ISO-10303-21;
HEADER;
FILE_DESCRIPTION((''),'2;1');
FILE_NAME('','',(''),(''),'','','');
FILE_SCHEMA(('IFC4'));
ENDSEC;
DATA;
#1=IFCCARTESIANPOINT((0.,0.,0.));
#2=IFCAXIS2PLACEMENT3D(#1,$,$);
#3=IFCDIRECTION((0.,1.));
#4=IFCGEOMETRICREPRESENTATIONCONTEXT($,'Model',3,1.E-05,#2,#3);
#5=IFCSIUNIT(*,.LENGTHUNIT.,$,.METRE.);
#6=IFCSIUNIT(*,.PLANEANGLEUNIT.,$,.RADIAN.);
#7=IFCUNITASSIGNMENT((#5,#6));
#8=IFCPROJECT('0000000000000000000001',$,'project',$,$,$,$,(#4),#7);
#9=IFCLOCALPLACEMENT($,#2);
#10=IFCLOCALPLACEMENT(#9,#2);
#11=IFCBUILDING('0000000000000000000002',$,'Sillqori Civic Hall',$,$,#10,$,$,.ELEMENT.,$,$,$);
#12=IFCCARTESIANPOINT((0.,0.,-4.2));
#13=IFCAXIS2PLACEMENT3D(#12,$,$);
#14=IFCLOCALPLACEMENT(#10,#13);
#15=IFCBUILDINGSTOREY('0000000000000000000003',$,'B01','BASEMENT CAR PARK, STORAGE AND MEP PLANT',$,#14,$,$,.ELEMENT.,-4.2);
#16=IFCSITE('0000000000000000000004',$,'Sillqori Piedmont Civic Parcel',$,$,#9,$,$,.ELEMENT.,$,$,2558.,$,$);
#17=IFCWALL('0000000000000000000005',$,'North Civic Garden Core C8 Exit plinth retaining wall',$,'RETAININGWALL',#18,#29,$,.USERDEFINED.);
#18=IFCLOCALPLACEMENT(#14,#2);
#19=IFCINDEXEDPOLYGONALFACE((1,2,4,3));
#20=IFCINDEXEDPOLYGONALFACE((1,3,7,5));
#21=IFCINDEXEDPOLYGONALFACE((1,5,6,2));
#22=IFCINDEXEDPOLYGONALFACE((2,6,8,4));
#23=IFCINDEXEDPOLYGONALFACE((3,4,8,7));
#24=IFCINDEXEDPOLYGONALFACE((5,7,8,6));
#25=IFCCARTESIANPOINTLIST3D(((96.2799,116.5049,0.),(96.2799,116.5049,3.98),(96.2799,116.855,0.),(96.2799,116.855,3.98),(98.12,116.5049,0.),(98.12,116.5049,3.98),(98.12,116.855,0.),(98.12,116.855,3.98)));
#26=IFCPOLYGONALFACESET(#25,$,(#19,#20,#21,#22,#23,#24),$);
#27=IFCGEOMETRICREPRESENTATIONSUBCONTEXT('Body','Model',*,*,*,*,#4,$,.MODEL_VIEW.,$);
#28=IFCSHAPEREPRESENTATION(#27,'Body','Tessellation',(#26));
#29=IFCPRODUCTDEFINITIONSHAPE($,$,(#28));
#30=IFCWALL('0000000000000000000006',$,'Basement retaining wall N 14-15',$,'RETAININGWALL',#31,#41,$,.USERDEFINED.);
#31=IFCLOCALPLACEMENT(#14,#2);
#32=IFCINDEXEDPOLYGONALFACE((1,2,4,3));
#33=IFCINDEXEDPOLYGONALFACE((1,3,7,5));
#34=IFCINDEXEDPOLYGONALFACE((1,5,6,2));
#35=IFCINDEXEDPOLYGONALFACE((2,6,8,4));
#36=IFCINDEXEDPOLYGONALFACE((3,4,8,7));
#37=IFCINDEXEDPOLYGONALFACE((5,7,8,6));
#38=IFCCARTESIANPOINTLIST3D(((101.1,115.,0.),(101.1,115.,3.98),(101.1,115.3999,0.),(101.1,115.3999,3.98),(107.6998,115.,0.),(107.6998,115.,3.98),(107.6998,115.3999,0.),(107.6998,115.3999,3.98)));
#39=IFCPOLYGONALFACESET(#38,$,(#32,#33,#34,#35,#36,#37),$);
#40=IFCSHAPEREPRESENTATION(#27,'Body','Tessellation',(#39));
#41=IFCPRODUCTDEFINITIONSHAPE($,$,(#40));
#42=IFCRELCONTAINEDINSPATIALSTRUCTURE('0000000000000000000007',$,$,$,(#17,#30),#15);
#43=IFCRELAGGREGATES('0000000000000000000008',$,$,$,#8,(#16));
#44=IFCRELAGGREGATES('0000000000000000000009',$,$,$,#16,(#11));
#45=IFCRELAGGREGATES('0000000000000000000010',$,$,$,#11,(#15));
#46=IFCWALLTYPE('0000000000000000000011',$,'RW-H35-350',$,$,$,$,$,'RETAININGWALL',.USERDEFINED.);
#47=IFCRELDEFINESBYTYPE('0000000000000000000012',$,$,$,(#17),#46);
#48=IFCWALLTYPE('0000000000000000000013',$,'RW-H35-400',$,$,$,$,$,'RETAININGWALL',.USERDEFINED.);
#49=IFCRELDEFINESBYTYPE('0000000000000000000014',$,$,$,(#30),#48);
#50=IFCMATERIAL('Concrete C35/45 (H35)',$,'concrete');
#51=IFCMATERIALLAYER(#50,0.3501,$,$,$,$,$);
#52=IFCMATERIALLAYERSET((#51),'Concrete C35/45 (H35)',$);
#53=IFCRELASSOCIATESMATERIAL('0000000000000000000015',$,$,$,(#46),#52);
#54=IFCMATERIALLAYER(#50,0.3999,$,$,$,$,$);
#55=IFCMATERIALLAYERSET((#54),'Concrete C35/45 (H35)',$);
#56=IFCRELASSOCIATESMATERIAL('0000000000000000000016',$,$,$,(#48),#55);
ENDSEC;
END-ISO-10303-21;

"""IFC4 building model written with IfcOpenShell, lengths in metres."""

from ifc_helpers import new_model, si_unit, direction, frame, frame_2d, origin, place, context, subcontext, project, spatial, rectangle, extrude, material, layer, layer_set, type_object, element, save


model = new_model("IFC4")

# Units and contexts
model_context = context("Model", 3, precision=1e-05, world=origin(), true_north=direction((0.0, 1.0)))
body_context = subcontext(model_context, "Body", "Model", "MODEL_VIEW")
ifc_project = project(units=[si_unit("LENGTHUNIT", "METRE"), si_unit("PLANEANGLEUNIT", "RADIAN")], contexts=[model_context])

# Site, building, storey
site_placement = place(None, origin())
site = spatial("IfcSite", under=ifc_project, at=site_placement, Name="Sillqori Piedmont Civic Parcel", CompositionType="ELEMENT", RefElevation=2558.0)
building_placement = place(site_placement, origin())
building = spatial("IfcBuilding", under=site, at=building_placement, Name="Sillqori Civic Hall", CompositionType="ELEMENT")
storey_placement = place(building_placement, frame((0.0, 0.0, -4.2)))
storey = spatial("IfcBuildingStorey", under=building, at=storey_placement, Name="B01", Description="BASEMENT CAR PARK, STORAGE AND MEP PLANT", CompositionType="ELEMENT", Elevation=-4.2)

# Shared definitions
ifc_material_1 = material(Name="Concrete C35/45 (H35)", Category="concrete")

# Walls
ifc_layer_1 = layer(ifc_material_1, 0.3501)
ifc_layer_set_1 = layer_set([ifc_layer_1], Name="Concrete C35/45 (H35)")
wall_type_1 = type_object("IfcWallType", Name="RW-H35-350", ElementType="RETAININGWALL", PredefinedType="USERDEFINED", material=ifc_layer_set_1)
wall_1_placement = place(storey_placement, frame((96.28, 116.6799, 0.0), z_axis=(0.0, 0.0, 1.0), x_axis=(1.0, 0.0, 0.0)))
element("IfcWall", 1, at=wall_1_placement, inside=storey, type_object=wall_type_1, Name="North Civic Garden Core C8 Exit plinth retaining wall", ObjectType="RETAININGWALL", PredefinedType="USERDEFINED", context=body_context, shape_type="SweptSolid", body=[
    extrude(rectangle(XDim=1.8401, YDim=0.3501, at=frame_2d((0.9199, 0.0))), origin(), (0.0, 0.0, 1.0), 3.98),
])
ifc_layer_2 = layer(ifc_material_1, 0.3999)
ifc_layer_set_2 = layer_set([ifc_layer_2], Name="Concrete C35/45 (H35)")
wall_type_2 = type_object("IfcWallType", Name="RW-H35-400", ElementType="RETAININGWALL", PredefinedType="USERDEFINED", material=ifc_layer_set_2)
wall_2_placement = place(storey_placement, frame((101.1001, 115.2, 0.0), z_axis=(0.0, 0.0, 1.0), x_axis=(1.0, 0.0, 0.0)))
element("IfcWall", 2, at=wall_2_placement, inside=storey, type_object=wall_type_2, Name="Basement retaining wall N 14-15", ObjectType="RETAININGWALL", PredefinedType="USERDEFINED", context=body_context, shape_type="SweptSolid", body=[
    extrude(rectangle(XDim=6.5999, YDim=0.3999, at=frame_2d((3.2998, 0.0))), origin(), (0.0, 0.0, 1.0), 3.98),
])

save(model, "model.ifc")
